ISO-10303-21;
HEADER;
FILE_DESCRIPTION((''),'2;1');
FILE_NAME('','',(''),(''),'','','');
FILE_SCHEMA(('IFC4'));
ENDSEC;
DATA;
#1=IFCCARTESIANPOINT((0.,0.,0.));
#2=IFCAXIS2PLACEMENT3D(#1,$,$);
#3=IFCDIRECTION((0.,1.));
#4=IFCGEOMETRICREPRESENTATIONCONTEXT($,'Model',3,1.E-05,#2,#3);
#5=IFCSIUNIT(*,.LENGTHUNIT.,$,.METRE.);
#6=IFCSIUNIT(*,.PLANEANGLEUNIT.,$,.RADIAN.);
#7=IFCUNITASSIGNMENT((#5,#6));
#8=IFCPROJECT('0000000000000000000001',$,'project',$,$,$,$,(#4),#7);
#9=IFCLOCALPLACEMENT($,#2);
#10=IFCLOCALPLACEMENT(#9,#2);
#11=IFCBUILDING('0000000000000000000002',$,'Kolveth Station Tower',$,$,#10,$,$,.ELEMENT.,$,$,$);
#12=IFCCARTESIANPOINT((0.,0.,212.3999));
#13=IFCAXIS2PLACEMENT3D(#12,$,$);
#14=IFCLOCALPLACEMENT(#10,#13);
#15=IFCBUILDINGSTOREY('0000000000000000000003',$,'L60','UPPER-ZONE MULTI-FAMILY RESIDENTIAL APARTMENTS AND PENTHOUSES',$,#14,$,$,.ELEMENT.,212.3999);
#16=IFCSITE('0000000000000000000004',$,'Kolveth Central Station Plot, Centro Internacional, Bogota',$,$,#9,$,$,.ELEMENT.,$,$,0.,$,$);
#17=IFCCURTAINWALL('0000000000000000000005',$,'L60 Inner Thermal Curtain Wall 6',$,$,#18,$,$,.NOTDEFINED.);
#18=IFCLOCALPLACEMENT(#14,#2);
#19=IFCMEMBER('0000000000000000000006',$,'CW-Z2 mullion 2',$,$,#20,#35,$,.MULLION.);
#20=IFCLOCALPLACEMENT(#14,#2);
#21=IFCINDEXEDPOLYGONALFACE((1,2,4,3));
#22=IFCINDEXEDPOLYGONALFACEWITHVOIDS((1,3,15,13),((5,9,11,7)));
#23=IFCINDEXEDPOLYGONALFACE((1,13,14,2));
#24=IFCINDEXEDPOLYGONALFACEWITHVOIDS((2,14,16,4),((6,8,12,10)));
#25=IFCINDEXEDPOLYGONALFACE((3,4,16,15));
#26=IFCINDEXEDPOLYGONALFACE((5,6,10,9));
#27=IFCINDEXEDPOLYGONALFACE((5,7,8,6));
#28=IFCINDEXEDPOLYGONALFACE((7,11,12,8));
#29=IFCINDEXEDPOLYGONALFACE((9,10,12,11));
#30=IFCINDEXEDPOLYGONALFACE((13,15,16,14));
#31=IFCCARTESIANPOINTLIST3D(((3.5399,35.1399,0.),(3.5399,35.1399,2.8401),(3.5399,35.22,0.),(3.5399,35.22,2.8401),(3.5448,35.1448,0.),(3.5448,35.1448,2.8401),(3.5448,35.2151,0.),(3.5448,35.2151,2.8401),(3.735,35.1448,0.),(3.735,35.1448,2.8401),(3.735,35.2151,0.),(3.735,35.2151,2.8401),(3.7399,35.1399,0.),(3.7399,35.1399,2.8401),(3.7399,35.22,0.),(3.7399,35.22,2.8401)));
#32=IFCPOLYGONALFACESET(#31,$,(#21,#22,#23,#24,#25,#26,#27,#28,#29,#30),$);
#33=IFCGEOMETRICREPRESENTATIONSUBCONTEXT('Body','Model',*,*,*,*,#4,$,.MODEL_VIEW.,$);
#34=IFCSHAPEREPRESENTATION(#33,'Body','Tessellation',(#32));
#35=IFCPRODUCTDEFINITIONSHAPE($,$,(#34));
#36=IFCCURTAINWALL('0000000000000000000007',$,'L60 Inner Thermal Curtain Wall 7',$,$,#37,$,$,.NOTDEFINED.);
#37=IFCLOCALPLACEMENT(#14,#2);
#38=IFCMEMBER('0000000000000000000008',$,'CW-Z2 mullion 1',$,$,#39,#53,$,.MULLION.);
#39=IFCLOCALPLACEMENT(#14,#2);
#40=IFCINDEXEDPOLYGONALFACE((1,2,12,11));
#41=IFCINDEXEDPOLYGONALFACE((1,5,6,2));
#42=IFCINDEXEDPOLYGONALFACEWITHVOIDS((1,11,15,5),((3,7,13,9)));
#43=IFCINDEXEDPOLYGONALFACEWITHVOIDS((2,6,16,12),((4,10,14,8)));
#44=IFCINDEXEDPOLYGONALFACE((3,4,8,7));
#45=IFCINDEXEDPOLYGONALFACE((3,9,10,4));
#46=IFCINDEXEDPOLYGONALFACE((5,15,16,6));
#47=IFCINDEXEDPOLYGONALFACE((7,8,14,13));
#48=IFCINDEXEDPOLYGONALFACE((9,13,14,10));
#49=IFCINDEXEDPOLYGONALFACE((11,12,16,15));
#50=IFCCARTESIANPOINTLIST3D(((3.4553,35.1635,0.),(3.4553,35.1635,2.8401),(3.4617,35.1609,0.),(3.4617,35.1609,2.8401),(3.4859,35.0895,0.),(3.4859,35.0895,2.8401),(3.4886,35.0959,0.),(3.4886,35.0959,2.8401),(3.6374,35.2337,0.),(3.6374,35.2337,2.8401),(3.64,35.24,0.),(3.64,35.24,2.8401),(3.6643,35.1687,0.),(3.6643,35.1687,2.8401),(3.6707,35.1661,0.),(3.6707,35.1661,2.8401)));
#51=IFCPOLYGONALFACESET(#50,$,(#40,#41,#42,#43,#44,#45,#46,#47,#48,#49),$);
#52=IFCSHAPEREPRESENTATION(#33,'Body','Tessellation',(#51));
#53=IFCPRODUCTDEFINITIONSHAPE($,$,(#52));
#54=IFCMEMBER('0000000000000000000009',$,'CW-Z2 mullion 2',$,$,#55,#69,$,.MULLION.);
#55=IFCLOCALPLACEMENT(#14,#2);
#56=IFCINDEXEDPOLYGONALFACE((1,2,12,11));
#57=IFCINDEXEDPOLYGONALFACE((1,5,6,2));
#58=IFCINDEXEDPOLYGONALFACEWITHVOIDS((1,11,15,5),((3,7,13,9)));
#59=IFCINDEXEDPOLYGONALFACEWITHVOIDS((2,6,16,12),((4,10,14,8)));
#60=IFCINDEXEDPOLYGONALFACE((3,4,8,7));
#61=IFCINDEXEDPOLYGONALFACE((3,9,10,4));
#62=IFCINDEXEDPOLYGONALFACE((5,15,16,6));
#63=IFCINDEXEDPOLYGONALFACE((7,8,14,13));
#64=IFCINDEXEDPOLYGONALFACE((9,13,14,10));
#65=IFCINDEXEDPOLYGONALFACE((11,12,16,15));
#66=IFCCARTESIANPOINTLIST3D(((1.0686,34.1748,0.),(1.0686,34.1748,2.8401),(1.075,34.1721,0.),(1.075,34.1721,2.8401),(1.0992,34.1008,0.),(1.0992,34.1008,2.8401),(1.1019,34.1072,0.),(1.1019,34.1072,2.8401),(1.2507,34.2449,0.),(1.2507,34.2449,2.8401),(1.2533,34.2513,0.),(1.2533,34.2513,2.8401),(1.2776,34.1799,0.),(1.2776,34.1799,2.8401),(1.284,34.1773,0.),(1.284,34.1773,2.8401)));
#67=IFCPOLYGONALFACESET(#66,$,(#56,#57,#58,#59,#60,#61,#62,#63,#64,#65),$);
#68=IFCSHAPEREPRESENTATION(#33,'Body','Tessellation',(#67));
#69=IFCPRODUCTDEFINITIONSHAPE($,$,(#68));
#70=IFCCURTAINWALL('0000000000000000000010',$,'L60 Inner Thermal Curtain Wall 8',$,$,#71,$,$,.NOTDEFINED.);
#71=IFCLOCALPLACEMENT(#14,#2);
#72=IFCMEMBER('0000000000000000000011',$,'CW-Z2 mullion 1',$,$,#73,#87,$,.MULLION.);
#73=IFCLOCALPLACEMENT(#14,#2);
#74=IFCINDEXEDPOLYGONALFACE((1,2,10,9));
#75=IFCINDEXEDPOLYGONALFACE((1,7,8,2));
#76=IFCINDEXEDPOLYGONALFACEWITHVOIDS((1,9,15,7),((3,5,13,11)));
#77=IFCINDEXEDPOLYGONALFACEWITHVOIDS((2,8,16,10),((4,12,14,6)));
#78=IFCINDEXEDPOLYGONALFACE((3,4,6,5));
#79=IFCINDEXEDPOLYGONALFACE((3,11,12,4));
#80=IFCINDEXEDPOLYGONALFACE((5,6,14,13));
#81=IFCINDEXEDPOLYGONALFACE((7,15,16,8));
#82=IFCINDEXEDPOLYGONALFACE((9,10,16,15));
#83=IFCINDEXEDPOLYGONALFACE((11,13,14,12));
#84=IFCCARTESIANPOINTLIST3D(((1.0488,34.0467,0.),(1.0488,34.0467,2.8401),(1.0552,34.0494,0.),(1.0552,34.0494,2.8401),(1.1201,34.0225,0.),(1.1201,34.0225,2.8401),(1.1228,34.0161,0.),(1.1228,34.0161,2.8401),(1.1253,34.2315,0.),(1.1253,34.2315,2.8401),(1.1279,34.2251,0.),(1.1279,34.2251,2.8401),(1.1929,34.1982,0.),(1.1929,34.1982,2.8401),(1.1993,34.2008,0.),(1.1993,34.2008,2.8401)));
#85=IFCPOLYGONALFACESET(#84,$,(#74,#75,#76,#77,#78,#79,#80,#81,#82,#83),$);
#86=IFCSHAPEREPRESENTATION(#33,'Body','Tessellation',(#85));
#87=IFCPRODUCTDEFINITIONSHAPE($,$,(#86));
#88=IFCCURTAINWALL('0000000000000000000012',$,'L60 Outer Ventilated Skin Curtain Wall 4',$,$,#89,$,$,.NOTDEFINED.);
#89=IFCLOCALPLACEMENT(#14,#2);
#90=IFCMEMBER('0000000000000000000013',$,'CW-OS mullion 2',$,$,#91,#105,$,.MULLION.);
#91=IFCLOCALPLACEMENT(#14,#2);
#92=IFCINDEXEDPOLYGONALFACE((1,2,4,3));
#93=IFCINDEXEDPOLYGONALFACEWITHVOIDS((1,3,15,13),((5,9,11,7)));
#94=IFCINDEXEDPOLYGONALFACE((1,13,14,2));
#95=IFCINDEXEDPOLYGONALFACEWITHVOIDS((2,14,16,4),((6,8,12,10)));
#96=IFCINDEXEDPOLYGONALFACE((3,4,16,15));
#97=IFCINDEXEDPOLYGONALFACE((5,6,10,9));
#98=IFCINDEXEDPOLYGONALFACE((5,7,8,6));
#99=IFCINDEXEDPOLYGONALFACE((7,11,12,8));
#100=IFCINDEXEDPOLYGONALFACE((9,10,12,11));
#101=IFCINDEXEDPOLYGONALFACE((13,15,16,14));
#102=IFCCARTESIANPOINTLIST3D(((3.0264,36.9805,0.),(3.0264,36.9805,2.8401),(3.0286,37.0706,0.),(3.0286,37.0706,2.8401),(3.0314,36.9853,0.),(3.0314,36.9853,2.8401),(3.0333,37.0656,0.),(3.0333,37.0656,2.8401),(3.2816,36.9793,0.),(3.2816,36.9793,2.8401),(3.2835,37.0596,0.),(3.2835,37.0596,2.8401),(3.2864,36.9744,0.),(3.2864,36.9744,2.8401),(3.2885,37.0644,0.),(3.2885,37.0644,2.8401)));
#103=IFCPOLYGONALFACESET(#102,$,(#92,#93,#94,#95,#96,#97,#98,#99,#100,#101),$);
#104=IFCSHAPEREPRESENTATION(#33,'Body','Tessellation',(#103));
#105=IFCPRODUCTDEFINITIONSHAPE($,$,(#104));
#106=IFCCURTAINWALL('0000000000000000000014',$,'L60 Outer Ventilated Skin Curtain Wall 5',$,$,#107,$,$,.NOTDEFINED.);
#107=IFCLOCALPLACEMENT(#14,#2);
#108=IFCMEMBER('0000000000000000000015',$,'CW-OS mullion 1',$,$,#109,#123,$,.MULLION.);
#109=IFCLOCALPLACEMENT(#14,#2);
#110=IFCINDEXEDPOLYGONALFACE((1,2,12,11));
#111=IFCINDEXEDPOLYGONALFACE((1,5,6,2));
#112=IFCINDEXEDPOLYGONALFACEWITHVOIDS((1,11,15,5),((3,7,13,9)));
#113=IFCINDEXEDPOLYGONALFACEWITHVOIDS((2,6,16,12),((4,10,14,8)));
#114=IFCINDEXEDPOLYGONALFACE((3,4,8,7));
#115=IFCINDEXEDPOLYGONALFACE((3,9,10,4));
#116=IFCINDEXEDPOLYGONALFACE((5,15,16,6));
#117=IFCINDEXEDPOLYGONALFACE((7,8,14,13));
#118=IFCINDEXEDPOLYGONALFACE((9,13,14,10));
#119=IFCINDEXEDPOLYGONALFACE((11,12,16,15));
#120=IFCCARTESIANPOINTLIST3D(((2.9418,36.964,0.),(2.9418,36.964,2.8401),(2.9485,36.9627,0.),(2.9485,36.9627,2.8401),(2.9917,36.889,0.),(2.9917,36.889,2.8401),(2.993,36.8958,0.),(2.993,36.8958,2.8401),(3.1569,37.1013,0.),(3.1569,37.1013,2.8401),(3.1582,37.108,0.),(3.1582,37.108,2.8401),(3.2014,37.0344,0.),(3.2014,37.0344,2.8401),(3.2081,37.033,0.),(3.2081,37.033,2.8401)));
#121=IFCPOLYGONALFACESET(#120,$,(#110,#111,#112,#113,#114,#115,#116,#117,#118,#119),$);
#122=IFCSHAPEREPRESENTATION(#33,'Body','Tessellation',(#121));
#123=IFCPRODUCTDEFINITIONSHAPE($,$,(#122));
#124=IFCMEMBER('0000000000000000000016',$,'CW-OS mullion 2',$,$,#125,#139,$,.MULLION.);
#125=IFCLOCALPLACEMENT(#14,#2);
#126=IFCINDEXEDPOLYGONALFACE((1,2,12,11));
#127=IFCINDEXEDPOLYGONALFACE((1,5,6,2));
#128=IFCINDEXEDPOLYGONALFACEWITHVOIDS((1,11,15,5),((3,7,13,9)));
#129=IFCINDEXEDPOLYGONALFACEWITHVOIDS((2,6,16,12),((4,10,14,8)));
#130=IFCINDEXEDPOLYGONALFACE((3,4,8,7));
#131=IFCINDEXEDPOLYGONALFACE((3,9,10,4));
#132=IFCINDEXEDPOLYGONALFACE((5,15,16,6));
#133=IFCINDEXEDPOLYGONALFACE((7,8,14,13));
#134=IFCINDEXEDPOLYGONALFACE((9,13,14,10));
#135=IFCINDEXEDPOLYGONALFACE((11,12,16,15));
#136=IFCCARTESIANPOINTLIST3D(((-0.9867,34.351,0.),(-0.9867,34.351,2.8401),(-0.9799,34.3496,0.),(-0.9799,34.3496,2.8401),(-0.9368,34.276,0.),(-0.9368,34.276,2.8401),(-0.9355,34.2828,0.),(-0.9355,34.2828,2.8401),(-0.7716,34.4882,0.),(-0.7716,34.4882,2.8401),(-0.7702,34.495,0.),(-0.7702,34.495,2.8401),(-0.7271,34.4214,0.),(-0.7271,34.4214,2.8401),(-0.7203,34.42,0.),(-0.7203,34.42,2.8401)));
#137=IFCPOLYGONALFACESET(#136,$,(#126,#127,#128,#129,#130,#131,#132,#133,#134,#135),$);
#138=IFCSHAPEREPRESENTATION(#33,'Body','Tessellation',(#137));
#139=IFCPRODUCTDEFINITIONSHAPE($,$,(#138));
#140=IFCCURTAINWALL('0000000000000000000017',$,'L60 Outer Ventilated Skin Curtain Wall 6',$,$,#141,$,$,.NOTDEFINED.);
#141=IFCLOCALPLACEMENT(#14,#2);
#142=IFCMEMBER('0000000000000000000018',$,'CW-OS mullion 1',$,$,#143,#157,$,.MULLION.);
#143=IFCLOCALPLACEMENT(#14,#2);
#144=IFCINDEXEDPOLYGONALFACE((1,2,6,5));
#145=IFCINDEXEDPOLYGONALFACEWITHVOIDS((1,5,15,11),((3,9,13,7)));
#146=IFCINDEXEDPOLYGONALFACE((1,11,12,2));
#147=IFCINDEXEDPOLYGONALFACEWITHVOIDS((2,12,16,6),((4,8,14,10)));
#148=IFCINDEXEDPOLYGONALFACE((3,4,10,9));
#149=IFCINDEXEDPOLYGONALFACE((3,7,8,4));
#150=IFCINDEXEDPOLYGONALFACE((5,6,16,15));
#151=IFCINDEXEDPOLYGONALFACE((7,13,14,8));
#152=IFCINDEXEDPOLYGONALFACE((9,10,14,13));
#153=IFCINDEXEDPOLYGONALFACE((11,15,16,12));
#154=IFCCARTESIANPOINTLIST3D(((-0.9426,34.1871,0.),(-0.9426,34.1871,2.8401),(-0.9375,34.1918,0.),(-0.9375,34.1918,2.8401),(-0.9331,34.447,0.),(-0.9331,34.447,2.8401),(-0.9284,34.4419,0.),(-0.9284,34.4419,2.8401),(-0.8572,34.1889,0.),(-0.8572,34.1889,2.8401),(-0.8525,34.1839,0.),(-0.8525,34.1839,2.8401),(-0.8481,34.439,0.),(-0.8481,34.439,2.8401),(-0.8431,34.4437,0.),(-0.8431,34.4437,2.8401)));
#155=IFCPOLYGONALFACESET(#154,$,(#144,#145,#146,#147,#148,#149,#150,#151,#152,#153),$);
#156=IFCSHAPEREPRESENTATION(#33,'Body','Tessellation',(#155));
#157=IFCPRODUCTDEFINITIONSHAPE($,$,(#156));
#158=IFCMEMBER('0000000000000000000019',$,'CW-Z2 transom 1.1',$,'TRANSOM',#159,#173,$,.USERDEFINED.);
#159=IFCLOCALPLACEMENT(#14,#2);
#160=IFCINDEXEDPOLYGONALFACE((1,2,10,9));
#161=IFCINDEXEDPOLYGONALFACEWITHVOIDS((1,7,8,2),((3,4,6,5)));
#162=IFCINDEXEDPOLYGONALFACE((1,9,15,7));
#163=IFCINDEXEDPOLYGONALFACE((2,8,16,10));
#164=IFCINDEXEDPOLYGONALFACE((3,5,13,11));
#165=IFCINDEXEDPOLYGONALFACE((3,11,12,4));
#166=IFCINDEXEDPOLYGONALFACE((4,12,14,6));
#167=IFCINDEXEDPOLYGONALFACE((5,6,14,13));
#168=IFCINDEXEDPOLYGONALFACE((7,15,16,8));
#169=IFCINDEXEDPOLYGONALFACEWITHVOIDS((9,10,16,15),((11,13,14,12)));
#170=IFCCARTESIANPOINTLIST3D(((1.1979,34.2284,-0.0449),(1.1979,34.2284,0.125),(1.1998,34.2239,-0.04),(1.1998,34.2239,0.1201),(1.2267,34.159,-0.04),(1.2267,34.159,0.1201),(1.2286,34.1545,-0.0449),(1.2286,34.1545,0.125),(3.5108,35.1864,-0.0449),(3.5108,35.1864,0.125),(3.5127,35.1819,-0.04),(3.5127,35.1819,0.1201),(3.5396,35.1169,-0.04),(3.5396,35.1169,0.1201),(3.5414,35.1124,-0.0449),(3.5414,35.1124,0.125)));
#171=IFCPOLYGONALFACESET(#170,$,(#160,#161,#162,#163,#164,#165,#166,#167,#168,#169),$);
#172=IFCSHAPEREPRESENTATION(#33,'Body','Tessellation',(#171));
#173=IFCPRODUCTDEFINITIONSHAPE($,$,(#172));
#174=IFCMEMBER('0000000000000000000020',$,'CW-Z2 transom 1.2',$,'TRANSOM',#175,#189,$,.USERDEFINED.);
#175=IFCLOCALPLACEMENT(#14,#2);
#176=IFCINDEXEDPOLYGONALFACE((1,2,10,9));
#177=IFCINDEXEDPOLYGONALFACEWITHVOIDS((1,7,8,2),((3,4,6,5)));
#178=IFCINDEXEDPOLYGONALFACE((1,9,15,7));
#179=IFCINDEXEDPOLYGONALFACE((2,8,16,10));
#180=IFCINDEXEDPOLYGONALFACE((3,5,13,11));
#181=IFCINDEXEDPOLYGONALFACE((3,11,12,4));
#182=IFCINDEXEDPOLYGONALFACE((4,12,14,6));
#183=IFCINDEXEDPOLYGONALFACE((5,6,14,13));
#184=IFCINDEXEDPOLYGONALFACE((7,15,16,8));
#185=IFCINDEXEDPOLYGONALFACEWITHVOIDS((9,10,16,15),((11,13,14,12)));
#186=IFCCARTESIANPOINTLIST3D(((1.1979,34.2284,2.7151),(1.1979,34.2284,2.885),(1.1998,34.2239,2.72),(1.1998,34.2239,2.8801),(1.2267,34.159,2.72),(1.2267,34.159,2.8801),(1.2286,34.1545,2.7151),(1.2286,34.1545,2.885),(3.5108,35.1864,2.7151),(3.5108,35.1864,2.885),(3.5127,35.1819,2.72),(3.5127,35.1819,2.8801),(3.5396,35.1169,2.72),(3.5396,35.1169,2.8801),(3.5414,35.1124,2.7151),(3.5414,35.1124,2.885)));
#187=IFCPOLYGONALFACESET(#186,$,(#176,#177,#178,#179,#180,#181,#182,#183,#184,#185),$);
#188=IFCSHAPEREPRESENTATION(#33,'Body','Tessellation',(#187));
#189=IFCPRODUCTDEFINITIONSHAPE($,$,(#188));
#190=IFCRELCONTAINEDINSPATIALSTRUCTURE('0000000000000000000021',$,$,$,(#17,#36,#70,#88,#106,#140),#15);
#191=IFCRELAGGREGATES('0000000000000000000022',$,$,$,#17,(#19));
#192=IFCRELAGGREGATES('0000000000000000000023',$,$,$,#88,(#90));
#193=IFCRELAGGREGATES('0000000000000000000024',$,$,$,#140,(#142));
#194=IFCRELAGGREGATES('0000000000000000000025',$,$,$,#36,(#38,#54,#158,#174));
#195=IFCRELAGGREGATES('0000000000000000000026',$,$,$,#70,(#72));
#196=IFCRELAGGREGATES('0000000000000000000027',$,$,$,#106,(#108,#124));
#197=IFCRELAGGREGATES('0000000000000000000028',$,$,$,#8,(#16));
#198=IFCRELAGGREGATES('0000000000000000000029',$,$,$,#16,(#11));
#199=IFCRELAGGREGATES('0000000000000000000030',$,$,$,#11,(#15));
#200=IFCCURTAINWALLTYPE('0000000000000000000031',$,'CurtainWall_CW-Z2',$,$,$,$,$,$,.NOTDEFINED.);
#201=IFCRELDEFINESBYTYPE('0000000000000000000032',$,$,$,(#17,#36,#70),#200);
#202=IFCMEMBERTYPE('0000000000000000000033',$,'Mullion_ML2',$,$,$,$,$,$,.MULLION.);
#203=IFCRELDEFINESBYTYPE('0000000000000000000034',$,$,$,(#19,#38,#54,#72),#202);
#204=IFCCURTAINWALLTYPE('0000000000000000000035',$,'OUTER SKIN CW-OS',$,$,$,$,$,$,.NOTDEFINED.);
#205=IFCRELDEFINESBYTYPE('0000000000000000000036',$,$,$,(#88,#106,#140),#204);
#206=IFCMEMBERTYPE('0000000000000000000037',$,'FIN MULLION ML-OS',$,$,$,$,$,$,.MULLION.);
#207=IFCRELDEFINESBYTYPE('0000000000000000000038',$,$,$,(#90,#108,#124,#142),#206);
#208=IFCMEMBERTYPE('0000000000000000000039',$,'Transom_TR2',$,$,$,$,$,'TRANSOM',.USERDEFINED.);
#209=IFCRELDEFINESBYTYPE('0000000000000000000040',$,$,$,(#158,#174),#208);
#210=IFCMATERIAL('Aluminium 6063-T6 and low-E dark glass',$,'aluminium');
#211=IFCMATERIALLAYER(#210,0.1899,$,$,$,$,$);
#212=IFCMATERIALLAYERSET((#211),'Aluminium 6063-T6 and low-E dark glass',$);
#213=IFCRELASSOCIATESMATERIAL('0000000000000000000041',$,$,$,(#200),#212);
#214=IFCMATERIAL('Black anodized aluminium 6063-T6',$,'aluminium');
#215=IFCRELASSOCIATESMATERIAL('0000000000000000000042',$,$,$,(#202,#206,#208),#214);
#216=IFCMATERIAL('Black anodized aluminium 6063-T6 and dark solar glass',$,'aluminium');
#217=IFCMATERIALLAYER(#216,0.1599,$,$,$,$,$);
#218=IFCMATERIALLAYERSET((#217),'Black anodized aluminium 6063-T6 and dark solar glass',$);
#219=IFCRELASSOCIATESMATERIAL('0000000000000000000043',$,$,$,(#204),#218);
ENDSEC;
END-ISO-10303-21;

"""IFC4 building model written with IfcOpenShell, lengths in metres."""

from ifc_helpers import new_model, si_unit, direction, frame, origin, origin_2d, place, context, subcontext, project, spatial, hollow_rectangle, extrude, source, transform, mapped, material, layer, layer_set, material_profile, profile_set, type_object, element, aggregate, save


model = new_model("IFC4")

# Units and contexts
model_context = context("Model", 3, precision=1e-05, world=origin(), true_north=direction((0.0, 1.0)))
body_context = subcontext(model_context, "Body", "Model", "MODEL_VIEW")
ifc_project = project(units=[si_unit("LENGTHUNIT", "METRE"), si_unit("PLANEANGLEUNIT", "RADIAN")], contexts=[model_context])

# Site, building, storey
site_placement = place(None, origin())
site = spatial("IfcSite", under=ifc_project, at=site_placement, Name="Kolveth Central Station Plot, Centro Internacional, Bogota", CompositionType="ELEMENT", RefElevation=0.0)
building_placement = place(site_placement, origin())
building = spatial("IfcBuilding", under=site, at=building_placement, Name="Kolveth Station Tower", CompositionType="ELEMENT")
storey_placement = place(building_placement, frame((0.0, 0.0, 212.3999)))
storey = spatial("IfcBuildingStorey", under=building, at=storey_placement, Name="L60", Description="UPPER-ZONE MULTI-FAMILY RESIDENTIAL APARTMENTS AND PENTHOUSES", CompositionType="ELEMENT", Elevation=212.3999)

# Curtain wall, member
ifc_material_1 = material(Name="Aluminium 6063-T6 and low-E dark glass", Category="aluminium")
ifc_layer_1 = layer(ifc_material_1, 0.1899)
ifc_layer_set_1 = layer_set([ifc_layer_1], Name="Aluminium 6063-T6 and low-E dark glass")
curtain_wall_type_1 = type_object("IfcCurtainWallType", Name="CurtainWall_CW-Z2", PredefinedType="NOTDEFINED", material=ifc_layer_set_1)
curtain_wall_1_placement = place(storey_placement, origin())
curtain_wall_1 = element("IfcCurtainWall", 1, at=curtain_wall_1_placement, inside=storey, type_object=curtain_wall_type_1, Name="L60 Inner Thermal Curtain Wall 6", PredefinedType="NOTDEFINED")
ifc_material_2 = material(Name="Black anodized aluminium 6063-T6", Category="aluminium")
ifc_material_profile_1 = material_profile(ifc_material_2, hollow_rectangle(XDim=0.0801, YDim=0.2, WallThickness=0.0049, at=origin_2d()), Name="ALU-80x200x5")
ifc_profile_set_1 = profile_set([ifc_material_profile_1], Name="Black anodized aluminium 6063-T6")
member_type_1 = type_object("IfcMemberType", Name="Mullion_ML2", PredefinedType="MULLION", material=ifc_profile_set_1)
shared_shape_1 = source(origin(), body_context, "Body", "SweptSolid", [
    extrude(hollow_rectangle(XDim=0.0801, YDim=0.2, WallThickness=0.0049, at=origin_2d()), origin(), (0.0, 0.0, 1.0), 2.8401),
])
member_1_placement = place(storey_placement, frame((3.6399, 35.1799, 0.0), z_axis=(0.0, 0.0, 1.0), x_axis=(0.0, -1.0, 0.0)))
member_1 = element("IfcMember", 2, at=member_1_placement, type_object=member_type_1, Name="CW-Z2 mullion 2", PredefinedType="MULLION", context=body_context, shape_type="MappedRepresentation", body=[
    mapped(shared_shape_1, transform((0.0, 0.0, 0.0), x_axis=(1.0, 0.0, 0.0), y_axis=(0.0, 1.0, 0.0), z_axis=(0.0, 0.0, 1.0), scale=1.0)),
])
aggregate(curtain_wall_1, [member_1])

# Curtain wall, members
curtain_wall_2_placement = place(storey_placement, origin())
curtain_wall_2 = element("IfcCurtainWall", 3, at=curtain_wall_2_placement, inside=storey, type_object=curtain_wall_type_1, Name="L60 Inner Thermal Curtain Wall 7", PredefinedType="NOTDEFINED")
member_2_placement = place(storey_placement, frame((3.563, 35.1648, 0.0), z_axis=(0.0, 0.0, 1.0), x_axis=(0.382698, -0.923874, 0.0)))
member_2 = element("IfcMember", 4, at=member_2_placement, type_object=member_type_1, Name="CW-Z2 mullion 1", PredefinedType="MULLION", context=body_context, shape_type="MappedRepresentation", body=[
    mapped(shared_shape_1, transform((0.0, 0.0, 0.0), x_axis=(1.0, 0.0, 0.0), y_axis=(0.0, 1.0, 0.0), z_axis=(0.0, 0.0, 1.0), scale=1.0)),
])
member_3_placement = place(storey_placement, frame((1.1763, 34.176, 0.0), z_axis=(0.0, 0.0, 1.0), x_axis=(0.382698, -0.923874, 0.0)))
member_3 = element("IfcMember", 5, at=member_3_placement, type_object=member_type_1, Name="CW-Z2 mullion 2", PredefinedType="MULLION", context=body_context, shape_type="MappedRepresentation", body=[
    mapped(shared_shape_1, transform((0.0, 0.0, 0.0), x_axis=(1.0, 0.0, 0.0), y_axis=(0.0, 1.0, 0.0), z_axis=(0.0, 0.0, 1.0), scale=1.0)),
])

# Curtain walls, members
curtain_wall_3_placement = place(storey_placement, origin())
curtain_wall_3 = element("IfcCurtainWall", 6, at=curtain_wall_3_placement, inside=storey, type_object=curtain_wall_type_1, Name="L60 Inner Thermal Curtain Wall 8", PredefinedType="NOTDEFINED")
member_4_placement = place(storey_placement, frame((1.124, 34.1238, 0.0), z_axis=(0.0, 0.0, 1.0), x_axis=(0.923874, -0.382698, 0.0)))
member_4 = element("IfcMember", 7, at=member_4_placement, type_object=member_type_1, Name="CW-Z2 mullion 1", PredefinedType="MULLION", context=body_context, shape_type="MappedRepresentation", body=[
    mapped(shared_shape_1, transform((0.0, 0.0, 0.0), x_axis=(1.0, 0.0, 0.0), y_axis=(0.0, 1.0, 0.0), z_axis=(0.0, 0.0, 1.0), scale=1.0)),
])
ifc_material_3 = material(Name="Black anodized aluminium 6063-T6 and dark solar glass", Category="aluminium")
ifc_layer_2 = layer(ifc_material_3, 0.1599)
ifc_layer_set_2 = layer_set([ifc_layer_2], Name="Black anodized aluminium 6063-T6 and dark solar glass")
curtain_wall_type_2 = type_object("IfcCurtainWallType", Name="OUTER SKIN CW-OS", PredefinedType="NOTDEFINED", material=ifc_layer_set_2)
curtain_wall_4_placement = place(storey_placement, origin())
curtain_wall_4 = element("IfcCurtainWall", 8, at=curtain_wall_4_placement, inside=storey, type_object=curtain_wall_type_2, Name="L60 Outer Ventilated Skin Curtain Wall 4", PredefinedType="NOTDEFINED")
ifc_material_profile_2 = material_profile(ifc_material_2, hollow_rectangle(XDim=0.0901, YDim=0.26, WallThickness=0.0049, at=origin_2d()), Name="ALU-90x260x5")
ifc_profile_set_2 = profile_set([ifc_material_profile_2], Name="Black anodized aluminium 6063-T6")
member_type_2 = type_object("IfcMemberType", Name="FIN MULLION ML-OS", PredefinedType="MULLION", material=ifc_profile_set_2)
shared_shape_2 = source(origin(), body_context, "Body", "SweptSolid", [
    extrude(hollow_rectangle(XDim=0.0901, YDim=0.26, WallThickness=0.0049, at=origin_2d()), origin(), (0.0, 0.0, 1.0), 2.8401),
])
member_5_placement = place(storey_placement, frame((3.1575, 37.0225, 0.0), z_axis=(0.0, 0.0, 1.0), x_axis=(-0.023666, -0.99972, 0.0)))
member_5 = element("IfcMember", 9, at=member_5_placement, type_object=member_type_2, Name="CW-OS mullion 2", PredefinedType="MULLION", context=body_context, shape_type="MappedRepresentation", body=[
    mapped(shared_shape_2, transform((0.0, 0.0, 0.0), x_axis=(1.0, 0.0, 0.0), y_axis=(0.0, 1.0, 0.0), z_axis=(0.0, 0.0, 1.0), scale=1.0)),
])
aggregate(curtain_wall_4, [member_5])

# Curtain wall, members
curtain_wall_5_placement = place(storey_placement, origin())
curtain_wall_5 = element("IfcCurtainWall", 10, at=curtain_wall_5_placement, inside=storey, type_object=curtain_wall_type_2, Name="L60 Outer Ventilated Skin Curtain Wall 5", PredefinedType="NOTDEFINED")
member_6_placement = place(storey_placement, frame((3.075, 36.9985, 0.0), z_axis=(0.0, 0.0, 1.0), x_axis=(0.553836, -0.832626, 0.0)))
member_6 = element("IfcMember", 11, at=member_6_placement, type_object=member_type_2, Name="CW-OS mullion 1", PredefinedType="MULLION", context=body_context, shape_type="MappedRepresentation", body=[
    mapped(shared_shape_2, transform((0.0, 0.0, 0.0), x_axis=(1.0, 0.0, 0.0), y_axis=(0.0, 1.0, 0.0), z_axis=(0.0, 0.0, 1.0), scale=1.0)),
])
member_7_placement = place(storey_placement, frame((-0.8535, 34.3855, 0.0), z_axis=(0.0, 0.0, 1.0), x_axis=(0.553836, -0.832626, 0.0)))
member_7 = element("IfcMember", 12, at=member_7_placement, type_object=member_type_2, Name="CW-OS mullion 2", PredefinedType="MULLION", context=body_context, shape_type="MappedRepresentation", body=[
    mapped(shared_shape_2, transform((0.0, 0.0, 0.0), x_axis=(1.0, 0.0, 0.0), y_axis=(0.0, 1.0, 0.0), z_axis=(0.0, 0.0, 1.0), scale=1.0)),
])

# Curtain wall, member
curtain_wall_6_placement = place(storey_placement, origin())
curtain_wall_6 = element("IfcCurtainWall", 13, at=curtain_wall_6_placement, inside=storey, type_object=curtain_wall_type_2, Name="L60 Outer Ventilated Skin Curtain Wall 6", PredefinedType="NOTDEFINED")
member_8_placement = place(storey_placement, frame((-0.8928, 34.3154, 0.0), z_axis=(0.0, 0.0, 1.0), x_axis=(0.999341, -0.036292, 0.0)))
member_8 = element("IfcMember", 14, at=member_8_placement, type_object=member_type_2, Name="CW-OS mullion 1", PredefinedType="MULLION", context=body_context, shape_type="MappedRepresentation", body=[
    mapped(shared_shape_2, transform((0.0, 0.0, 0.0), x_axis=(1.0, 0.0, 0.0), y_axis=(0.0, 1.0, 0.0), z_axis=(0.0, 0.0, 1.0), scale=1.0)),
])

# Members
ifc_material_profile_3 = material_profile(ifc_material_2, hollow_rectangle(XDim=0.0801, YDim=0.1699, WallThickness=0.0049, at=origin_2d()), Name="ALU-80x170x5")
ifc_profile_set_3 = profile_set([ifc_material_profile_3], Name="Black anodized aluminium 6063-T6")
member_type_3 = type_object("IfcMemberType", Name="Transom_TR2", ElementType="TRANSOM", PredefinedType="USERDEFINED", material=ifc_profile_set_3)
shared_shape_3 = source(origin(), body_context, "Body", "SweptSolid", [
    extrude(hollow_rectangle(XDim=0.0801, YDim=0.1699, WallThickness=0.0049, at=origin_2d()), origin(), (0.0, 0.0, 1.0), 2.5034),
])
member_9_placement = place(storey_placement, frame((3.5261, 35.1494, 0.04), z_axis=(-0.923888, -0.382662, 0.0), x_axis=(0.382662, -0.923888, 0.0)))
member_9 = element("IfcMember", 15, at=member_9_placement, type_object=member_type_3, Name="CW-Z2 transom 1.1", ObjectType="TRANSOM", PredefinedType="USERDEFINED", context=body_context, shape_type="MappedRepresentation", body=[
    mapped(shared_shape_3, transform((0.0, 0.0, 0.0), x_axis=(1.0, 0.0, 0.0), y_axis=(0.0, 1.0, 0.0), z_axis=(0.0, 0.0, 1.0), scale=1.0)),
])
member_10_placement = place(storey_placement, frame((3.5261, 35.1494, 2.8), z_axis=(-0.923888, -0.382662, 0.0), x_axis=(0.382662, -0.923888, 0.0)))
member_10 = element("IfcMember", 16, at=member_10_placement, type_object=member_type_3, Name="CW-Z2 transom 1.2", ObjectType="TRANSOM", PredefinedType="USERDEFINED", context=body_context, shape_type="MappedRepresentation", body=[
    mapped(shared_shape_3, transform((0.0, 0.0, 0.0), x_axis=(1.0, 0.0, 0.0), y_axis=(0.0, 1.0, 0.0), z_axis=(0.0, 0.0, 1.0), scale=1.0)),
])
aggregate(curtain_wall_6, [member_8])

aggregate(curtain_wall_2, [member_2, member_3, member_9, member_10])
aggregate(curtain_wall_3, [member_4])
aggregate(curtain_wall_5, [member_6, member_7])

save(model, "model.ifc")
